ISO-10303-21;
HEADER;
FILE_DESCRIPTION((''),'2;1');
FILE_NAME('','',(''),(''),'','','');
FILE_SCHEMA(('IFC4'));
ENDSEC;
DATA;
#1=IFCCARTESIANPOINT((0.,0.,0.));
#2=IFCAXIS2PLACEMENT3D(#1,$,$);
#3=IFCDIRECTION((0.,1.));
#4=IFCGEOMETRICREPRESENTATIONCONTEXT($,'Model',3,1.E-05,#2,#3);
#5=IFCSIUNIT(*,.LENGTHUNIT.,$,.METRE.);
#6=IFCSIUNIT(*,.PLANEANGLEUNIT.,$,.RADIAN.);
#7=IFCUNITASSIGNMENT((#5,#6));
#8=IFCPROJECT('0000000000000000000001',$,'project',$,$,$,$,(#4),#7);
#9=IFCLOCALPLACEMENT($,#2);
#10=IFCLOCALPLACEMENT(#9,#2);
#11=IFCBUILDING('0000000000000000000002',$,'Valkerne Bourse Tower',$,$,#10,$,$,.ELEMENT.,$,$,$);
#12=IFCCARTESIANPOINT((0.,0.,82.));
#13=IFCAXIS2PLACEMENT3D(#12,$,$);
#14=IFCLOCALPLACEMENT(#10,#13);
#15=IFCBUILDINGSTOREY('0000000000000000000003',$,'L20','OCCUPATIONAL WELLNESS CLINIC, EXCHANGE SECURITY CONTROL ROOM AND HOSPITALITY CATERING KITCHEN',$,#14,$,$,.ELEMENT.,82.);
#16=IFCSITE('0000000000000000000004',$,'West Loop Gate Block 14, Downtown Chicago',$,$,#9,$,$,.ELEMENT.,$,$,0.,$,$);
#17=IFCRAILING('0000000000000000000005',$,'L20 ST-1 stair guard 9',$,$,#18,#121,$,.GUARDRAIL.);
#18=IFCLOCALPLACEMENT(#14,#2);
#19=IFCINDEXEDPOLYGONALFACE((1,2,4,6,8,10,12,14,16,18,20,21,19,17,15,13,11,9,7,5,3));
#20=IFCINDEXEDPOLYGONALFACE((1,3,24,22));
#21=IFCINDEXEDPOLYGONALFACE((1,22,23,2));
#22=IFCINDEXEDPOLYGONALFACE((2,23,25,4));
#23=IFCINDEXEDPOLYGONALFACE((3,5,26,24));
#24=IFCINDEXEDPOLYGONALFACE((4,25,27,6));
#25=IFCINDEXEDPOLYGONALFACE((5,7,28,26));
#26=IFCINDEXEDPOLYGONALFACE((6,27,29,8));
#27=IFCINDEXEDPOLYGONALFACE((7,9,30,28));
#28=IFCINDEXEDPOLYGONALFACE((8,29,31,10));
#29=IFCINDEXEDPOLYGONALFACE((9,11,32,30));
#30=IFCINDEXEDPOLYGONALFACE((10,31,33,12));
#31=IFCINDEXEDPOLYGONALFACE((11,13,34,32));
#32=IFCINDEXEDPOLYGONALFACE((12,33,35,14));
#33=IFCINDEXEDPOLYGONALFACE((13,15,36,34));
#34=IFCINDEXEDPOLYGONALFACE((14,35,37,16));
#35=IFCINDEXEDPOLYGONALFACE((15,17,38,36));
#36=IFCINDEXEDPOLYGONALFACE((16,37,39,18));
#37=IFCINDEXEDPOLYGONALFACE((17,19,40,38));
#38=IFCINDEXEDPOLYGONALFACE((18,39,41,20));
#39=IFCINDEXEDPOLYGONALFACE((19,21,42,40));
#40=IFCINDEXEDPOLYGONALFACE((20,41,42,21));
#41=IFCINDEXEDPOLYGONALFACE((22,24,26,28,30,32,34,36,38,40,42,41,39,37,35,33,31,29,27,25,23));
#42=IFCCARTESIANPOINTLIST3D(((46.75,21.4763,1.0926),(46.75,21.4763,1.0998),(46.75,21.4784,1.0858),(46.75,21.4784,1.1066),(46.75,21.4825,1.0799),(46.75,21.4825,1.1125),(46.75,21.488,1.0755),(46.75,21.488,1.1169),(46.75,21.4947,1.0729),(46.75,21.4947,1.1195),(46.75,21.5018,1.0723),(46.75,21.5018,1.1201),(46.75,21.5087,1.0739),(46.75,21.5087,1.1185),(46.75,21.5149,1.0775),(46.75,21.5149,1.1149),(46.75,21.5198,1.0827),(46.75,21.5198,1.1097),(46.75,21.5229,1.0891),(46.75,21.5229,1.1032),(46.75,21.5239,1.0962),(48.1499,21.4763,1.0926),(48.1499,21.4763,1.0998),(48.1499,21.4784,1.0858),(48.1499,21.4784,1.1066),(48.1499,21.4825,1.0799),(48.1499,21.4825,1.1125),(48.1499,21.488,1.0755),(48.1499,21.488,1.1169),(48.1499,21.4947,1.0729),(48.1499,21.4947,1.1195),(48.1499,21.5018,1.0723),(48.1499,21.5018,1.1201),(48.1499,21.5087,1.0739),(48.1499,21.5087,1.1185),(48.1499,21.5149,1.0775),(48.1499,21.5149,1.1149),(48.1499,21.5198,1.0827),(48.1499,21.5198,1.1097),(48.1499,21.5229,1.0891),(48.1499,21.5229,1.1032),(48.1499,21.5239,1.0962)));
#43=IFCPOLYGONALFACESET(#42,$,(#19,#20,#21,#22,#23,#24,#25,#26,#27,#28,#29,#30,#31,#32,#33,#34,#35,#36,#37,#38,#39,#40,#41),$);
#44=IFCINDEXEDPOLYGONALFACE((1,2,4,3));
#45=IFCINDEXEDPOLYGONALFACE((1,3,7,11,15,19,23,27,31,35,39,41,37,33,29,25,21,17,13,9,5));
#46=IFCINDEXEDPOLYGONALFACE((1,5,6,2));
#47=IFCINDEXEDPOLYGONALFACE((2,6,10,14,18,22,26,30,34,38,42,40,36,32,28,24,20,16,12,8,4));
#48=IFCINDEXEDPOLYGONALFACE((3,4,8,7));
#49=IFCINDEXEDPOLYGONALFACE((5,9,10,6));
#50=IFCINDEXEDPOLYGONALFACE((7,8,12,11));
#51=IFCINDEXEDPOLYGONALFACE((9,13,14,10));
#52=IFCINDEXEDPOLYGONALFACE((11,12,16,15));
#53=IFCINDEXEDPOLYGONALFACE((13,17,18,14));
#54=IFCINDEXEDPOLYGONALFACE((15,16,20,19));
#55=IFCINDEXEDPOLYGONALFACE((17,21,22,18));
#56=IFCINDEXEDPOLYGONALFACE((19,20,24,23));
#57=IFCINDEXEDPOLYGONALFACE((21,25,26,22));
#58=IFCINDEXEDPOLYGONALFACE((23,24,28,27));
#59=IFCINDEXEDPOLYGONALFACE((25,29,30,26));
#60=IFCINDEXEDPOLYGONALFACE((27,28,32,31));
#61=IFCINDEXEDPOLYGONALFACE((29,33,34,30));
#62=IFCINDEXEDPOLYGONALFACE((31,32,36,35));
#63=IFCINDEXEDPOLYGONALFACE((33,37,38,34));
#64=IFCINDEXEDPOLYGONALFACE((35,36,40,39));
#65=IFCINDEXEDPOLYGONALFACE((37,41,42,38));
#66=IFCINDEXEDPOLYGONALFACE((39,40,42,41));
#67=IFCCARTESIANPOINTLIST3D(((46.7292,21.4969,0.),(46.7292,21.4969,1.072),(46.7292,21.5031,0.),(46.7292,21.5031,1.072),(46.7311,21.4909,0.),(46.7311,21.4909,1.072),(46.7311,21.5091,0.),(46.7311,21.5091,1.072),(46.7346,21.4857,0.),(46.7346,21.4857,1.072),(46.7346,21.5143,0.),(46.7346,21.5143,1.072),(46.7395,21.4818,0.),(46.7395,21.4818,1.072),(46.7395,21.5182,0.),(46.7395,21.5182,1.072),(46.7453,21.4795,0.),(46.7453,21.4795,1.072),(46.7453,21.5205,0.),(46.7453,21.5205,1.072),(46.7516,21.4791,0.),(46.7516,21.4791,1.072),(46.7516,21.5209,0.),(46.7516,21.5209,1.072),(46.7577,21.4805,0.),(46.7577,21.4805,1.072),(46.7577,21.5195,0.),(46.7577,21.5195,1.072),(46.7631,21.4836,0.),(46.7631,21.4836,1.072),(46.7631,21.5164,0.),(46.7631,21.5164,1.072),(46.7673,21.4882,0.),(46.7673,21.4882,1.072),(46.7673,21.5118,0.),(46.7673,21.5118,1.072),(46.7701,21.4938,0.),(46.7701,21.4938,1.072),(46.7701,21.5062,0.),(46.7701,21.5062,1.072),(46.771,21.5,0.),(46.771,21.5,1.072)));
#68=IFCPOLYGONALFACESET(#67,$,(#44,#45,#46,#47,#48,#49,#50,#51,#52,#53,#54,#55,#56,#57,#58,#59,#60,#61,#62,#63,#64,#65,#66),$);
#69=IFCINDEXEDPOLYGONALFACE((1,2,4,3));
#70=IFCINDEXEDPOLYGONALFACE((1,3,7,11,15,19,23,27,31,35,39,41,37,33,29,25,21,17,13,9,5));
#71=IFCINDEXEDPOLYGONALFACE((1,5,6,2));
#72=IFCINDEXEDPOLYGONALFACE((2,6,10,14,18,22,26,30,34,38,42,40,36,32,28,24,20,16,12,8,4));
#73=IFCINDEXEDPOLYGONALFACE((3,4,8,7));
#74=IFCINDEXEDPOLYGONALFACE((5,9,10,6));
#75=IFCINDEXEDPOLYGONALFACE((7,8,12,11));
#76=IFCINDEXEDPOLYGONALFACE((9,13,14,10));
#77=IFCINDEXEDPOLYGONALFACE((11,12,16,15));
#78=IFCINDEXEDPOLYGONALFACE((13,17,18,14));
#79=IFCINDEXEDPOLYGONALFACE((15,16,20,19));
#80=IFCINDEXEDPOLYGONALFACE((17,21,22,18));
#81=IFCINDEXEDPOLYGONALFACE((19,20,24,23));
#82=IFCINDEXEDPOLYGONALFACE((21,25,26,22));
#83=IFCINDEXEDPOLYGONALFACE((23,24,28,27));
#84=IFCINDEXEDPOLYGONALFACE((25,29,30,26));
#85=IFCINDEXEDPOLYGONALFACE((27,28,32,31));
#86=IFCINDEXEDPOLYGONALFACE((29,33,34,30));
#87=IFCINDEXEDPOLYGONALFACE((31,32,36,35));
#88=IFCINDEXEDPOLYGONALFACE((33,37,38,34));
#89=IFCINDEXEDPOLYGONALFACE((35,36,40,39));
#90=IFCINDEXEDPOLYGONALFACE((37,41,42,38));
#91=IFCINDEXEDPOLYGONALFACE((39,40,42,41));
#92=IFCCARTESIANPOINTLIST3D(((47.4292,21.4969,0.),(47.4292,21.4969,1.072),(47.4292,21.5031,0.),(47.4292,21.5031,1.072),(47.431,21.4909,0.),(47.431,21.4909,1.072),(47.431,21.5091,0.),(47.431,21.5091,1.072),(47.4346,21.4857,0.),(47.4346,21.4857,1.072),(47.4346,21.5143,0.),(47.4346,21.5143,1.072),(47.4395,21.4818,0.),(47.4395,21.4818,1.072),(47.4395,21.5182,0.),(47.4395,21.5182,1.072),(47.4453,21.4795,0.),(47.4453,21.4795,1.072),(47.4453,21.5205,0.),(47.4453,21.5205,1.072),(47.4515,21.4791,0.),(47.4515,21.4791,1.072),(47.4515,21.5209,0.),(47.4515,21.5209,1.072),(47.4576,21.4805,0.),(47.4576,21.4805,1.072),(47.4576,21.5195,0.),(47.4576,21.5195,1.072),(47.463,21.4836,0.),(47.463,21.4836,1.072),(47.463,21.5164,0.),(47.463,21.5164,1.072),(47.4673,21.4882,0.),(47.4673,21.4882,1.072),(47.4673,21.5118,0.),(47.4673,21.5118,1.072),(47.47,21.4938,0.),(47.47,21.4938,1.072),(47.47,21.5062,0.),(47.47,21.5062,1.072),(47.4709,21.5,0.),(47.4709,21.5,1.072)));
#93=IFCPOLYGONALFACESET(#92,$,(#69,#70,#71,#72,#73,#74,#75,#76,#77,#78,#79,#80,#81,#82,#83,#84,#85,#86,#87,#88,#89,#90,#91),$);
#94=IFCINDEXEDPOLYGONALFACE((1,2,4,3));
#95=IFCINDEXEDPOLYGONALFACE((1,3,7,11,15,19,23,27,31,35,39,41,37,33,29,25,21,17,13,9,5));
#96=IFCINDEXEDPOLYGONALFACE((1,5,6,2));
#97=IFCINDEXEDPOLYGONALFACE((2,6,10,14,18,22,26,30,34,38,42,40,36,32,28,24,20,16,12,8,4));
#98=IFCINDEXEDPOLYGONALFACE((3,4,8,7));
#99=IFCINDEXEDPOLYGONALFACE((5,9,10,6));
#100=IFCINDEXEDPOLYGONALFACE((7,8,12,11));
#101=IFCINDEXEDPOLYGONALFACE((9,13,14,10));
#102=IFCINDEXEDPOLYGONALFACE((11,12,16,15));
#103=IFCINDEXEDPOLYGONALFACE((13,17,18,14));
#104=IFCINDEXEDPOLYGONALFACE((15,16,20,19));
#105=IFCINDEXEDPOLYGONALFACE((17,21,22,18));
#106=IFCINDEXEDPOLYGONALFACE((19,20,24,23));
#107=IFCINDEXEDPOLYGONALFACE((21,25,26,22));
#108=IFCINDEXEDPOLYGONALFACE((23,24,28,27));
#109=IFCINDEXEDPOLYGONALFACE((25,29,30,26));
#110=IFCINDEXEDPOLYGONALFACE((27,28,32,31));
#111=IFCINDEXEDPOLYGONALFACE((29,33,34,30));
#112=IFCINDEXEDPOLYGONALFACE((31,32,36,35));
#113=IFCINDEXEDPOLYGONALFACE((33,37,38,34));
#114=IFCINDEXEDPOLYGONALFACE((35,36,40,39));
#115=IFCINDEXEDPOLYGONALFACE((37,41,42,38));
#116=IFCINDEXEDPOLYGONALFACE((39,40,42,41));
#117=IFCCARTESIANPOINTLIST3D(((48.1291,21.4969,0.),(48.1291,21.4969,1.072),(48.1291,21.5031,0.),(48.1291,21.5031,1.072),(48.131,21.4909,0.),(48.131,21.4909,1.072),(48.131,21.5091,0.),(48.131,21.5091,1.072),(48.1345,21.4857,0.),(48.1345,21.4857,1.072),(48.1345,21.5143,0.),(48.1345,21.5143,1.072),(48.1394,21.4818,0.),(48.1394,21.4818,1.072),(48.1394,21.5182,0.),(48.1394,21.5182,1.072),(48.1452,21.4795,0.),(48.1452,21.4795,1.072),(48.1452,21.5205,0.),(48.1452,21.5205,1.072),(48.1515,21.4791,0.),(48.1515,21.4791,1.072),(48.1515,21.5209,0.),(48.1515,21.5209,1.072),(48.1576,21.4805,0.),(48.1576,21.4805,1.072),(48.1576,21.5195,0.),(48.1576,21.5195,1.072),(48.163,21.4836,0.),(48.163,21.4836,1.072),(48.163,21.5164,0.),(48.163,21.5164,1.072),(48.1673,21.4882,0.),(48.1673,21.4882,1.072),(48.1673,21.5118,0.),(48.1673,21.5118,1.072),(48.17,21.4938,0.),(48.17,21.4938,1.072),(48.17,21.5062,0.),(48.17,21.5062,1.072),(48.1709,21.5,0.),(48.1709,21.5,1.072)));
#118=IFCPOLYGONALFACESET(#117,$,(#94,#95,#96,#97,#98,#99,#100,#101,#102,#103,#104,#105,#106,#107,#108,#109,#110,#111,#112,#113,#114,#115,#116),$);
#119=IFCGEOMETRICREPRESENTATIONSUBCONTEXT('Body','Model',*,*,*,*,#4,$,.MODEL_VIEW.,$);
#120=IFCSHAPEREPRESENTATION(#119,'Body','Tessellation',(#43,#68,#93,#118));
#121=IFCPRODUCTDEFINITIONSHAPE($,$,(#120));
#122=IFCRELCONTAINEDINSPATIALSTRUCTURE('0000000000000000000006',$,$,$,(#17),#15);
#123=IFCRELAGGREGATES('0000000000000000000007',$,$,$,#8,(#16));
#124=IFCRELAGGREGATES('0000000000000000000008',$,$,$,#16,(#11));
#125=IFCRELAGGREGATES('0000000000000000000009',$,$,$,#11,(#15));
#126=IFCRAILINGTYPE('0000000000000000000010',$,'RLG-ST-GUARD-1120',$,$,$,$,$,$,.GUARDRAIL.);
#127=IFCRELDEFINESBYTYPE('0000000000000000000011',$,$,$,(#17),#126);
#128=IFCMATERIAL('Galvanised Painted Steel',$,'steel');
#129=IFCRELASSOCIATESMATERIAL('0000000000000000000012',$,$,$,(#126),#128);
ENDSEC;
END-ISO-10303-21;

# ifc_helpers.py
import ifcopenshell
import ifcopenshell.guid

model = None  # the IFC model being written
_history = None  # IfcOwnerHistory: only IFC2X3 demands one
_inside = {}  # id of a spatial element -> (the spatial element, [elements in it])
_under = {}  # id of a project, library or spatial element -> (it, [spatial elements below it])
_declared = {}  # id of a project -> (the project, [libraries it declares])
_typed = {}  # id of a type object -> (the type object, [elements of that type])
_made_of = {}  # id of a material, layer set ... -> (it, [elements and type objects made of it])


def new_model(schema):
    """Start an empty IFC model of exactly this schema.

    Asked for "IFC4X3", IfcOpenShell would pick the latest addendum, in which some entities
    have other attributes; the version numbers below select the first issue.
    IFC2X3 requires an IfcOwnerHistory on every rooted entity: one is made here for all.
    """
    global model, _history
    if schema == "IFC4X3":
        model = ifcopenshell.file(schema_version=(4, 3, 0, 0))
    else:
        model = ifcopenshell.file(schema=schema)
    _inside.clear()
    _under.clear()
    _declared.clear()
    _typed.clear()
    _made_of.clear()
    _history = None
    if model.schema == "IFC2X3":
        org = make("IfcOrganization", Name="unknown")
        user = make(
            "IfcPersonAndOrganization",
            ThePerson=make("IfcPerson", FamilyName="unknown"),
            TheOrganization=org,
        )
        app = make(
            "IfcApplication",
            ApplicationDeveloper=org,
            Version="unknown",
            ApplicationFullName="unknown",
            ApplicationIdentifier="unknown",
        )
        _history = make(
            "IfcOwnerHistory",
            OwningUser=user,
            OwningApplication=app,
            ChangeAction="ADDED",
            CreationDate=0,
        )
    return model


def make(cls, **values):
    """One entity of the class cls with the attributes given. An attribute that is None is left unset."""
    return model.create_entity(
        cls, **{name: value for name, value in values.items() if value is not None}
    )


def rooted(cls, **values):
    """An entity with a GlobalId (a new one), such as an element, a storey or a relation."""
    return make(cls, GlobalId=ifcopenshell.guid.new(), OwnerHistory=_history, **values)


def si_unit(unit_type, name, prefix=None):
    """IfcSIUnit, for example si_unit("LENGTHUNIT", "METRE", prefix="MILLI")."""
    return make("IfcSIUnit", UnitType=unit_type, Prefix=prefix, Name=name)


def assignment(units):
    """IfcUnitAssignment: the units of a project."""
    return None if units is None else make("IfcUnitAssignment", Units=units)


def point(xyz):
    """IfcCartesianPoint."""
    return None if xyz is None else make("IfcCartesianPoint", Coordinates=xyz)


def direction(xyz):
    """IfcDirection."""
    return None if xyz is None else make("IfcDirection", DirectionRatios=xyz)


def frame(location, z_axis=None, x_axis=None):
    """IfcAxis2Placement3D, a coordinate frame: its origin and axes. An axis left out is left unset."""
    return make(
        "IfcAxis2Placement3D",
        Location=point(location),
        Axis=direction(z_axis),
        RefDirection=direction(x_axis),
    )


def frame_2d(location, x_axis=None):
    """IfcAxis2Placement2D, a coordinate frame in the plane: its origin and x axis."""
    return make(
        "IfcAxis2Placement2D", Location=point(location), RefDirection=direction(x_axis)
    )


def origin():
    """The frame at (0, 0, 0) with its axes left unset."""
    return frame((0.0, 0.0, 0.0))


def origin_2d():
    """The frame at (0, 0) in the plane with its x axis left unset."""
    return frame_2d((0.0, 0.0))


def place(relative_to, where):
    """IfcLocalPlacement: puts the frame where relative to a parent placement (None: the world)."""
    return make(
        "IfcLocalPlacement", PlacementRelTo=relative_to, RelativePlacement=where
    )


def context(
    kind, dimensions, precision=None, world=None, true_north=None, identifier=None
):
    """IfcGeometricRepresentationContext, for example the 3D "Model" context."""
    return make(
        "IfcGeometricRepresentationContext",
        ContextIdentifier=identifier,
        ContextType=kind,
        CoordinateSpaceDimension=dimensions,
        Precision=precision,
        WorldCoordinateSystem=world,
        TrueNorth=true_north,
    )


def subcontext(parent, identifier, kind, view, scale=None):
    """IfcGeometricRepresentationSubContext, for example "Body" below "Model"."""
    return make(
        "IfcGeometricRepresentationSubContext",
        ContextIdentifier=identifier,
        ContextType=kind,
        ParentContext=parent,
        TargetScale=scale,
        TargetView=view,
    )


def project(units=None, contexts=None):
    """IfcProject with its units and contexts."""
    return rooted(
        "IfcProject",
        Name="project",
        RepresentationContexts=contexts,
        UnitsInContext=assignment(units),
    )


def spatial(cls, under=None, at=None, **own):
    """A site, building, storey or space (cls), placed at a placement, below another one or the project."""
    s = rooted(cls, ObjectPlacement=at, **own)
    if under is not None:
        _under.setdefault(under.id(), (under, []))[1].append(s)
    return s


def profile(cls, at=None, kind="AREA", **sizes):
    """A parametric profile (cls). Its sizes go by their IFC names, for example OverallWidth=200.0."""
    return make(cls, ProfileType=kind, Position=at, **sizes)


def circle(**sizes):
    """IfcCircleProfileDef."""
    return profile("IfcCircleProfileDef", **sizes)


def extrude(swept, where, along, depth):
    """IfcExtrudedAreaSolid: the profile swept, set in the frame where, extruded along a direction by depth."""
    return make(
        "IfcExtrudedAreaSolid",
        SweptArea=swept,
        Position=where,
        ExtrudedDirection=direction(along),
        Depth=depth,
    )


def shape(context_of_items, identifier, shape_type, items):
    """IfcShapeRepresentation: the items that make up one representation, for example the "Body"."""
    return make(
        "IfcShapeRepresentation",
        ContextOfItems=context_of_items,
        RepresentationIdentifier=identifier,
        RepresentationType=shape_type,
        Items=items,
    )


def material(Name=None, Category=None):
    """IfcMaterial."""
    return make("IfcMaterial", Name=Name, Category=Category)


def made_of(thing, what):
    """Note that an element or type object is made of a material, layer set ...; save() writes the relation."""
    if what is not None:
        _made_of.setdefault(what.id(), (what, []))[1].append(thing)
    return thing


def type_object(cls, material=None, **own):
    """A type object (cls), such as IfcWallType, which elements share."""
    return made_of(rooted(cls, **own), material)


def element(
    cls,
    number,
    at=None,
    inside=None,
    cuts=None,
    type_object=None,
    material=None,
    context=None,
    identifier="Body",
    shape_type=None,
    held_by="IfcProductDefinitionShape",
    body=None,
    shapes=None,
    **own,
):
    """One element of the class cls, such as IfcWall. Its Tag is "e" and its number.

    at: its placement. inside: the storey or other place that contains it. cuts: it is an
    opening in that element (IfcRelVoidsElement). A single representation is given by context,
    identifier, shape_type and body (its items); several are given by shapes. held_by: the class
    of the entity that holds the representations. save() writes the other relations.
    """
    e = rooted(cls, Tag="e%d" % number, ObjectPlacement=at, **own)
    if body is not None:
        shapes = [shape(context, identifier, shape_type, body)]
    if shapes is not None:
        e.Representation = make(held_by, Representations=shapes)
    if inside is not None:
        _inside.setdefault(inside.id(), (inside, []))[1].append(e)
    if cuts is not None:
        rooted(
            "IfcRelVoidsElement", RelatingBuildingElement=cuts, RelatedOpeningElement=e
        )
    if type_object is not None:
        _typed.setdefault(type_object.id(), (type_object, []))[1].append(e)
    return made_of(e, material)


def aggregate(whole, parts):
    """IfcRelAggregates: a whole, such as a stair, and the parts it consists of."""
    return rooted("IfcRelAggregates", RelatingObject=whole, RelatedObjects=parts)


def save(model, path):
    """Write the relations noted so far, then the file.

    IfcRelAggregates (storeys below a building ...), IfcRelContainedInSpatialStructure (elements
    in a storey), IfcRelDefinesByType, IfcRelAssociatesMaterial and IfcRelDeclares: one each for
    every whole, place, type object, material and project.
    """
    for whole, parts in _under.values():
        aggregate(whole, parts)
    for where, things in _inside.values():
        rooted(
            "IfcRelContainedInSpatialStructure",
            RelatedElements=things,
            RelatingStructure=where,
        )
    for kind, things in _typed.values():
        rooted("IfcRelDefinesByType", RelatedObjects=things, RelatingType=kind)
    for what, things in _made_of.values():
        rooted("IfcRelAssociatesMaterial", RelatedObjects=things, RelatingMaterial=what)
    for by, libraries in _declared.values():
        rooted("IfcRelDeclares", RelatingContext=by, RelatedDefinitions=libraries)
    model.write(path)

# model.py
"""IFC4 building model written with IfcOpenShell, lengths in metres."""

from ifc_helpers import new_model, si_unit, direction, frame, origin, origin_2d, place, context, subcontext, project, spatial, circle, extrude, material, type_object, element, save


model = new_model("IFC4")

# Units and contexts
model_context = context("Model", 3, precision=1e-05, world=origin(), true_north=direction((0.0, 1.0)))
body_context = subcontext(model_context, "Body", "Model", "MODEL_VIEW")
ifc_project = project(units=[si_unit("LENGTHUNIT", "METRE"), si_unit("PLANEANGLEUNIT", "RADIAN")], contexts=[model_context])

# Site, building, storey
site_placement = place(None, origin())
site = spatial("IfcSite", under=ifc_project, at=site_placement, Name="West Loop Gate Block 14, Downtown Chicago", CompositionType="ELEMENT", RefElevation=0.0)
building_placement = place(site_placement, origin())
building = spatial("IfcBuilding", under=site, at=building_placement, Name="Valkerne Bourse Tower", CompositionType="ELEMENT")
storey_placement = place(building_placement, frame((0.0, 0.0, 82.0)))
storey = spatial("IfcBuildingStorey", under=building, at=storey_placement, Name="L20", Description="OCCUPATIONAL WELLNESS CLINIC, EXCHANGE SECURITY CONTROL ROOM AND HOSPITALITY CATERING KITCHEN", CompositionType="ELEMENT", Elevation=82.0)

# Shared definitions
ifc_material_1 = material(Name="Galvanised Painted Steel", Category="steel")

# Railing
railing_type = type_object("IfcRailingType", Name="RLG-ST-GUARD-1120", PredefinedType="GUARDRAIL", material=ifc_material_1)
for number, where, name in (
    (1, (46.75, 21.5, 0.0), "L20 ST-1 stair guard 9"),
):
    element("IfcRailing", number, at=place(storey_placement, frame(where)), inside=storey, type_object=railing_type, Name=name, PredefinedType="GUARDRAIL", context=body_context, shape_type="SweptSolid", body=[
        extrude(circle(Radius=0.0239, at=origin_2d()), frame((0.0, 0.0, 1.0962), z_axis=(1.0, 0.0, 0.0), x_axis=(0.0, 1.0, 0.0)), (0.0, 0.0, 1.0), 1.3999),
        extrude(circle(Radius=0.021, at=origin_2d()), origin(), (0.0, 0.0, 1.0), 1.072),
        extrude(circle(Radius=0.021, at=origin_2d()), frame((0.7, 0.0, 0.0)), (0.0, 0.0, 1.0), 1.072),
        extrude(circle(Radius=0.021, at=origin_2d()), frame((1.3999, 0.0, 0.0)), (0.0, 0.0, 1.0), 1.072),
    ])

save(model, "model.ifc")
